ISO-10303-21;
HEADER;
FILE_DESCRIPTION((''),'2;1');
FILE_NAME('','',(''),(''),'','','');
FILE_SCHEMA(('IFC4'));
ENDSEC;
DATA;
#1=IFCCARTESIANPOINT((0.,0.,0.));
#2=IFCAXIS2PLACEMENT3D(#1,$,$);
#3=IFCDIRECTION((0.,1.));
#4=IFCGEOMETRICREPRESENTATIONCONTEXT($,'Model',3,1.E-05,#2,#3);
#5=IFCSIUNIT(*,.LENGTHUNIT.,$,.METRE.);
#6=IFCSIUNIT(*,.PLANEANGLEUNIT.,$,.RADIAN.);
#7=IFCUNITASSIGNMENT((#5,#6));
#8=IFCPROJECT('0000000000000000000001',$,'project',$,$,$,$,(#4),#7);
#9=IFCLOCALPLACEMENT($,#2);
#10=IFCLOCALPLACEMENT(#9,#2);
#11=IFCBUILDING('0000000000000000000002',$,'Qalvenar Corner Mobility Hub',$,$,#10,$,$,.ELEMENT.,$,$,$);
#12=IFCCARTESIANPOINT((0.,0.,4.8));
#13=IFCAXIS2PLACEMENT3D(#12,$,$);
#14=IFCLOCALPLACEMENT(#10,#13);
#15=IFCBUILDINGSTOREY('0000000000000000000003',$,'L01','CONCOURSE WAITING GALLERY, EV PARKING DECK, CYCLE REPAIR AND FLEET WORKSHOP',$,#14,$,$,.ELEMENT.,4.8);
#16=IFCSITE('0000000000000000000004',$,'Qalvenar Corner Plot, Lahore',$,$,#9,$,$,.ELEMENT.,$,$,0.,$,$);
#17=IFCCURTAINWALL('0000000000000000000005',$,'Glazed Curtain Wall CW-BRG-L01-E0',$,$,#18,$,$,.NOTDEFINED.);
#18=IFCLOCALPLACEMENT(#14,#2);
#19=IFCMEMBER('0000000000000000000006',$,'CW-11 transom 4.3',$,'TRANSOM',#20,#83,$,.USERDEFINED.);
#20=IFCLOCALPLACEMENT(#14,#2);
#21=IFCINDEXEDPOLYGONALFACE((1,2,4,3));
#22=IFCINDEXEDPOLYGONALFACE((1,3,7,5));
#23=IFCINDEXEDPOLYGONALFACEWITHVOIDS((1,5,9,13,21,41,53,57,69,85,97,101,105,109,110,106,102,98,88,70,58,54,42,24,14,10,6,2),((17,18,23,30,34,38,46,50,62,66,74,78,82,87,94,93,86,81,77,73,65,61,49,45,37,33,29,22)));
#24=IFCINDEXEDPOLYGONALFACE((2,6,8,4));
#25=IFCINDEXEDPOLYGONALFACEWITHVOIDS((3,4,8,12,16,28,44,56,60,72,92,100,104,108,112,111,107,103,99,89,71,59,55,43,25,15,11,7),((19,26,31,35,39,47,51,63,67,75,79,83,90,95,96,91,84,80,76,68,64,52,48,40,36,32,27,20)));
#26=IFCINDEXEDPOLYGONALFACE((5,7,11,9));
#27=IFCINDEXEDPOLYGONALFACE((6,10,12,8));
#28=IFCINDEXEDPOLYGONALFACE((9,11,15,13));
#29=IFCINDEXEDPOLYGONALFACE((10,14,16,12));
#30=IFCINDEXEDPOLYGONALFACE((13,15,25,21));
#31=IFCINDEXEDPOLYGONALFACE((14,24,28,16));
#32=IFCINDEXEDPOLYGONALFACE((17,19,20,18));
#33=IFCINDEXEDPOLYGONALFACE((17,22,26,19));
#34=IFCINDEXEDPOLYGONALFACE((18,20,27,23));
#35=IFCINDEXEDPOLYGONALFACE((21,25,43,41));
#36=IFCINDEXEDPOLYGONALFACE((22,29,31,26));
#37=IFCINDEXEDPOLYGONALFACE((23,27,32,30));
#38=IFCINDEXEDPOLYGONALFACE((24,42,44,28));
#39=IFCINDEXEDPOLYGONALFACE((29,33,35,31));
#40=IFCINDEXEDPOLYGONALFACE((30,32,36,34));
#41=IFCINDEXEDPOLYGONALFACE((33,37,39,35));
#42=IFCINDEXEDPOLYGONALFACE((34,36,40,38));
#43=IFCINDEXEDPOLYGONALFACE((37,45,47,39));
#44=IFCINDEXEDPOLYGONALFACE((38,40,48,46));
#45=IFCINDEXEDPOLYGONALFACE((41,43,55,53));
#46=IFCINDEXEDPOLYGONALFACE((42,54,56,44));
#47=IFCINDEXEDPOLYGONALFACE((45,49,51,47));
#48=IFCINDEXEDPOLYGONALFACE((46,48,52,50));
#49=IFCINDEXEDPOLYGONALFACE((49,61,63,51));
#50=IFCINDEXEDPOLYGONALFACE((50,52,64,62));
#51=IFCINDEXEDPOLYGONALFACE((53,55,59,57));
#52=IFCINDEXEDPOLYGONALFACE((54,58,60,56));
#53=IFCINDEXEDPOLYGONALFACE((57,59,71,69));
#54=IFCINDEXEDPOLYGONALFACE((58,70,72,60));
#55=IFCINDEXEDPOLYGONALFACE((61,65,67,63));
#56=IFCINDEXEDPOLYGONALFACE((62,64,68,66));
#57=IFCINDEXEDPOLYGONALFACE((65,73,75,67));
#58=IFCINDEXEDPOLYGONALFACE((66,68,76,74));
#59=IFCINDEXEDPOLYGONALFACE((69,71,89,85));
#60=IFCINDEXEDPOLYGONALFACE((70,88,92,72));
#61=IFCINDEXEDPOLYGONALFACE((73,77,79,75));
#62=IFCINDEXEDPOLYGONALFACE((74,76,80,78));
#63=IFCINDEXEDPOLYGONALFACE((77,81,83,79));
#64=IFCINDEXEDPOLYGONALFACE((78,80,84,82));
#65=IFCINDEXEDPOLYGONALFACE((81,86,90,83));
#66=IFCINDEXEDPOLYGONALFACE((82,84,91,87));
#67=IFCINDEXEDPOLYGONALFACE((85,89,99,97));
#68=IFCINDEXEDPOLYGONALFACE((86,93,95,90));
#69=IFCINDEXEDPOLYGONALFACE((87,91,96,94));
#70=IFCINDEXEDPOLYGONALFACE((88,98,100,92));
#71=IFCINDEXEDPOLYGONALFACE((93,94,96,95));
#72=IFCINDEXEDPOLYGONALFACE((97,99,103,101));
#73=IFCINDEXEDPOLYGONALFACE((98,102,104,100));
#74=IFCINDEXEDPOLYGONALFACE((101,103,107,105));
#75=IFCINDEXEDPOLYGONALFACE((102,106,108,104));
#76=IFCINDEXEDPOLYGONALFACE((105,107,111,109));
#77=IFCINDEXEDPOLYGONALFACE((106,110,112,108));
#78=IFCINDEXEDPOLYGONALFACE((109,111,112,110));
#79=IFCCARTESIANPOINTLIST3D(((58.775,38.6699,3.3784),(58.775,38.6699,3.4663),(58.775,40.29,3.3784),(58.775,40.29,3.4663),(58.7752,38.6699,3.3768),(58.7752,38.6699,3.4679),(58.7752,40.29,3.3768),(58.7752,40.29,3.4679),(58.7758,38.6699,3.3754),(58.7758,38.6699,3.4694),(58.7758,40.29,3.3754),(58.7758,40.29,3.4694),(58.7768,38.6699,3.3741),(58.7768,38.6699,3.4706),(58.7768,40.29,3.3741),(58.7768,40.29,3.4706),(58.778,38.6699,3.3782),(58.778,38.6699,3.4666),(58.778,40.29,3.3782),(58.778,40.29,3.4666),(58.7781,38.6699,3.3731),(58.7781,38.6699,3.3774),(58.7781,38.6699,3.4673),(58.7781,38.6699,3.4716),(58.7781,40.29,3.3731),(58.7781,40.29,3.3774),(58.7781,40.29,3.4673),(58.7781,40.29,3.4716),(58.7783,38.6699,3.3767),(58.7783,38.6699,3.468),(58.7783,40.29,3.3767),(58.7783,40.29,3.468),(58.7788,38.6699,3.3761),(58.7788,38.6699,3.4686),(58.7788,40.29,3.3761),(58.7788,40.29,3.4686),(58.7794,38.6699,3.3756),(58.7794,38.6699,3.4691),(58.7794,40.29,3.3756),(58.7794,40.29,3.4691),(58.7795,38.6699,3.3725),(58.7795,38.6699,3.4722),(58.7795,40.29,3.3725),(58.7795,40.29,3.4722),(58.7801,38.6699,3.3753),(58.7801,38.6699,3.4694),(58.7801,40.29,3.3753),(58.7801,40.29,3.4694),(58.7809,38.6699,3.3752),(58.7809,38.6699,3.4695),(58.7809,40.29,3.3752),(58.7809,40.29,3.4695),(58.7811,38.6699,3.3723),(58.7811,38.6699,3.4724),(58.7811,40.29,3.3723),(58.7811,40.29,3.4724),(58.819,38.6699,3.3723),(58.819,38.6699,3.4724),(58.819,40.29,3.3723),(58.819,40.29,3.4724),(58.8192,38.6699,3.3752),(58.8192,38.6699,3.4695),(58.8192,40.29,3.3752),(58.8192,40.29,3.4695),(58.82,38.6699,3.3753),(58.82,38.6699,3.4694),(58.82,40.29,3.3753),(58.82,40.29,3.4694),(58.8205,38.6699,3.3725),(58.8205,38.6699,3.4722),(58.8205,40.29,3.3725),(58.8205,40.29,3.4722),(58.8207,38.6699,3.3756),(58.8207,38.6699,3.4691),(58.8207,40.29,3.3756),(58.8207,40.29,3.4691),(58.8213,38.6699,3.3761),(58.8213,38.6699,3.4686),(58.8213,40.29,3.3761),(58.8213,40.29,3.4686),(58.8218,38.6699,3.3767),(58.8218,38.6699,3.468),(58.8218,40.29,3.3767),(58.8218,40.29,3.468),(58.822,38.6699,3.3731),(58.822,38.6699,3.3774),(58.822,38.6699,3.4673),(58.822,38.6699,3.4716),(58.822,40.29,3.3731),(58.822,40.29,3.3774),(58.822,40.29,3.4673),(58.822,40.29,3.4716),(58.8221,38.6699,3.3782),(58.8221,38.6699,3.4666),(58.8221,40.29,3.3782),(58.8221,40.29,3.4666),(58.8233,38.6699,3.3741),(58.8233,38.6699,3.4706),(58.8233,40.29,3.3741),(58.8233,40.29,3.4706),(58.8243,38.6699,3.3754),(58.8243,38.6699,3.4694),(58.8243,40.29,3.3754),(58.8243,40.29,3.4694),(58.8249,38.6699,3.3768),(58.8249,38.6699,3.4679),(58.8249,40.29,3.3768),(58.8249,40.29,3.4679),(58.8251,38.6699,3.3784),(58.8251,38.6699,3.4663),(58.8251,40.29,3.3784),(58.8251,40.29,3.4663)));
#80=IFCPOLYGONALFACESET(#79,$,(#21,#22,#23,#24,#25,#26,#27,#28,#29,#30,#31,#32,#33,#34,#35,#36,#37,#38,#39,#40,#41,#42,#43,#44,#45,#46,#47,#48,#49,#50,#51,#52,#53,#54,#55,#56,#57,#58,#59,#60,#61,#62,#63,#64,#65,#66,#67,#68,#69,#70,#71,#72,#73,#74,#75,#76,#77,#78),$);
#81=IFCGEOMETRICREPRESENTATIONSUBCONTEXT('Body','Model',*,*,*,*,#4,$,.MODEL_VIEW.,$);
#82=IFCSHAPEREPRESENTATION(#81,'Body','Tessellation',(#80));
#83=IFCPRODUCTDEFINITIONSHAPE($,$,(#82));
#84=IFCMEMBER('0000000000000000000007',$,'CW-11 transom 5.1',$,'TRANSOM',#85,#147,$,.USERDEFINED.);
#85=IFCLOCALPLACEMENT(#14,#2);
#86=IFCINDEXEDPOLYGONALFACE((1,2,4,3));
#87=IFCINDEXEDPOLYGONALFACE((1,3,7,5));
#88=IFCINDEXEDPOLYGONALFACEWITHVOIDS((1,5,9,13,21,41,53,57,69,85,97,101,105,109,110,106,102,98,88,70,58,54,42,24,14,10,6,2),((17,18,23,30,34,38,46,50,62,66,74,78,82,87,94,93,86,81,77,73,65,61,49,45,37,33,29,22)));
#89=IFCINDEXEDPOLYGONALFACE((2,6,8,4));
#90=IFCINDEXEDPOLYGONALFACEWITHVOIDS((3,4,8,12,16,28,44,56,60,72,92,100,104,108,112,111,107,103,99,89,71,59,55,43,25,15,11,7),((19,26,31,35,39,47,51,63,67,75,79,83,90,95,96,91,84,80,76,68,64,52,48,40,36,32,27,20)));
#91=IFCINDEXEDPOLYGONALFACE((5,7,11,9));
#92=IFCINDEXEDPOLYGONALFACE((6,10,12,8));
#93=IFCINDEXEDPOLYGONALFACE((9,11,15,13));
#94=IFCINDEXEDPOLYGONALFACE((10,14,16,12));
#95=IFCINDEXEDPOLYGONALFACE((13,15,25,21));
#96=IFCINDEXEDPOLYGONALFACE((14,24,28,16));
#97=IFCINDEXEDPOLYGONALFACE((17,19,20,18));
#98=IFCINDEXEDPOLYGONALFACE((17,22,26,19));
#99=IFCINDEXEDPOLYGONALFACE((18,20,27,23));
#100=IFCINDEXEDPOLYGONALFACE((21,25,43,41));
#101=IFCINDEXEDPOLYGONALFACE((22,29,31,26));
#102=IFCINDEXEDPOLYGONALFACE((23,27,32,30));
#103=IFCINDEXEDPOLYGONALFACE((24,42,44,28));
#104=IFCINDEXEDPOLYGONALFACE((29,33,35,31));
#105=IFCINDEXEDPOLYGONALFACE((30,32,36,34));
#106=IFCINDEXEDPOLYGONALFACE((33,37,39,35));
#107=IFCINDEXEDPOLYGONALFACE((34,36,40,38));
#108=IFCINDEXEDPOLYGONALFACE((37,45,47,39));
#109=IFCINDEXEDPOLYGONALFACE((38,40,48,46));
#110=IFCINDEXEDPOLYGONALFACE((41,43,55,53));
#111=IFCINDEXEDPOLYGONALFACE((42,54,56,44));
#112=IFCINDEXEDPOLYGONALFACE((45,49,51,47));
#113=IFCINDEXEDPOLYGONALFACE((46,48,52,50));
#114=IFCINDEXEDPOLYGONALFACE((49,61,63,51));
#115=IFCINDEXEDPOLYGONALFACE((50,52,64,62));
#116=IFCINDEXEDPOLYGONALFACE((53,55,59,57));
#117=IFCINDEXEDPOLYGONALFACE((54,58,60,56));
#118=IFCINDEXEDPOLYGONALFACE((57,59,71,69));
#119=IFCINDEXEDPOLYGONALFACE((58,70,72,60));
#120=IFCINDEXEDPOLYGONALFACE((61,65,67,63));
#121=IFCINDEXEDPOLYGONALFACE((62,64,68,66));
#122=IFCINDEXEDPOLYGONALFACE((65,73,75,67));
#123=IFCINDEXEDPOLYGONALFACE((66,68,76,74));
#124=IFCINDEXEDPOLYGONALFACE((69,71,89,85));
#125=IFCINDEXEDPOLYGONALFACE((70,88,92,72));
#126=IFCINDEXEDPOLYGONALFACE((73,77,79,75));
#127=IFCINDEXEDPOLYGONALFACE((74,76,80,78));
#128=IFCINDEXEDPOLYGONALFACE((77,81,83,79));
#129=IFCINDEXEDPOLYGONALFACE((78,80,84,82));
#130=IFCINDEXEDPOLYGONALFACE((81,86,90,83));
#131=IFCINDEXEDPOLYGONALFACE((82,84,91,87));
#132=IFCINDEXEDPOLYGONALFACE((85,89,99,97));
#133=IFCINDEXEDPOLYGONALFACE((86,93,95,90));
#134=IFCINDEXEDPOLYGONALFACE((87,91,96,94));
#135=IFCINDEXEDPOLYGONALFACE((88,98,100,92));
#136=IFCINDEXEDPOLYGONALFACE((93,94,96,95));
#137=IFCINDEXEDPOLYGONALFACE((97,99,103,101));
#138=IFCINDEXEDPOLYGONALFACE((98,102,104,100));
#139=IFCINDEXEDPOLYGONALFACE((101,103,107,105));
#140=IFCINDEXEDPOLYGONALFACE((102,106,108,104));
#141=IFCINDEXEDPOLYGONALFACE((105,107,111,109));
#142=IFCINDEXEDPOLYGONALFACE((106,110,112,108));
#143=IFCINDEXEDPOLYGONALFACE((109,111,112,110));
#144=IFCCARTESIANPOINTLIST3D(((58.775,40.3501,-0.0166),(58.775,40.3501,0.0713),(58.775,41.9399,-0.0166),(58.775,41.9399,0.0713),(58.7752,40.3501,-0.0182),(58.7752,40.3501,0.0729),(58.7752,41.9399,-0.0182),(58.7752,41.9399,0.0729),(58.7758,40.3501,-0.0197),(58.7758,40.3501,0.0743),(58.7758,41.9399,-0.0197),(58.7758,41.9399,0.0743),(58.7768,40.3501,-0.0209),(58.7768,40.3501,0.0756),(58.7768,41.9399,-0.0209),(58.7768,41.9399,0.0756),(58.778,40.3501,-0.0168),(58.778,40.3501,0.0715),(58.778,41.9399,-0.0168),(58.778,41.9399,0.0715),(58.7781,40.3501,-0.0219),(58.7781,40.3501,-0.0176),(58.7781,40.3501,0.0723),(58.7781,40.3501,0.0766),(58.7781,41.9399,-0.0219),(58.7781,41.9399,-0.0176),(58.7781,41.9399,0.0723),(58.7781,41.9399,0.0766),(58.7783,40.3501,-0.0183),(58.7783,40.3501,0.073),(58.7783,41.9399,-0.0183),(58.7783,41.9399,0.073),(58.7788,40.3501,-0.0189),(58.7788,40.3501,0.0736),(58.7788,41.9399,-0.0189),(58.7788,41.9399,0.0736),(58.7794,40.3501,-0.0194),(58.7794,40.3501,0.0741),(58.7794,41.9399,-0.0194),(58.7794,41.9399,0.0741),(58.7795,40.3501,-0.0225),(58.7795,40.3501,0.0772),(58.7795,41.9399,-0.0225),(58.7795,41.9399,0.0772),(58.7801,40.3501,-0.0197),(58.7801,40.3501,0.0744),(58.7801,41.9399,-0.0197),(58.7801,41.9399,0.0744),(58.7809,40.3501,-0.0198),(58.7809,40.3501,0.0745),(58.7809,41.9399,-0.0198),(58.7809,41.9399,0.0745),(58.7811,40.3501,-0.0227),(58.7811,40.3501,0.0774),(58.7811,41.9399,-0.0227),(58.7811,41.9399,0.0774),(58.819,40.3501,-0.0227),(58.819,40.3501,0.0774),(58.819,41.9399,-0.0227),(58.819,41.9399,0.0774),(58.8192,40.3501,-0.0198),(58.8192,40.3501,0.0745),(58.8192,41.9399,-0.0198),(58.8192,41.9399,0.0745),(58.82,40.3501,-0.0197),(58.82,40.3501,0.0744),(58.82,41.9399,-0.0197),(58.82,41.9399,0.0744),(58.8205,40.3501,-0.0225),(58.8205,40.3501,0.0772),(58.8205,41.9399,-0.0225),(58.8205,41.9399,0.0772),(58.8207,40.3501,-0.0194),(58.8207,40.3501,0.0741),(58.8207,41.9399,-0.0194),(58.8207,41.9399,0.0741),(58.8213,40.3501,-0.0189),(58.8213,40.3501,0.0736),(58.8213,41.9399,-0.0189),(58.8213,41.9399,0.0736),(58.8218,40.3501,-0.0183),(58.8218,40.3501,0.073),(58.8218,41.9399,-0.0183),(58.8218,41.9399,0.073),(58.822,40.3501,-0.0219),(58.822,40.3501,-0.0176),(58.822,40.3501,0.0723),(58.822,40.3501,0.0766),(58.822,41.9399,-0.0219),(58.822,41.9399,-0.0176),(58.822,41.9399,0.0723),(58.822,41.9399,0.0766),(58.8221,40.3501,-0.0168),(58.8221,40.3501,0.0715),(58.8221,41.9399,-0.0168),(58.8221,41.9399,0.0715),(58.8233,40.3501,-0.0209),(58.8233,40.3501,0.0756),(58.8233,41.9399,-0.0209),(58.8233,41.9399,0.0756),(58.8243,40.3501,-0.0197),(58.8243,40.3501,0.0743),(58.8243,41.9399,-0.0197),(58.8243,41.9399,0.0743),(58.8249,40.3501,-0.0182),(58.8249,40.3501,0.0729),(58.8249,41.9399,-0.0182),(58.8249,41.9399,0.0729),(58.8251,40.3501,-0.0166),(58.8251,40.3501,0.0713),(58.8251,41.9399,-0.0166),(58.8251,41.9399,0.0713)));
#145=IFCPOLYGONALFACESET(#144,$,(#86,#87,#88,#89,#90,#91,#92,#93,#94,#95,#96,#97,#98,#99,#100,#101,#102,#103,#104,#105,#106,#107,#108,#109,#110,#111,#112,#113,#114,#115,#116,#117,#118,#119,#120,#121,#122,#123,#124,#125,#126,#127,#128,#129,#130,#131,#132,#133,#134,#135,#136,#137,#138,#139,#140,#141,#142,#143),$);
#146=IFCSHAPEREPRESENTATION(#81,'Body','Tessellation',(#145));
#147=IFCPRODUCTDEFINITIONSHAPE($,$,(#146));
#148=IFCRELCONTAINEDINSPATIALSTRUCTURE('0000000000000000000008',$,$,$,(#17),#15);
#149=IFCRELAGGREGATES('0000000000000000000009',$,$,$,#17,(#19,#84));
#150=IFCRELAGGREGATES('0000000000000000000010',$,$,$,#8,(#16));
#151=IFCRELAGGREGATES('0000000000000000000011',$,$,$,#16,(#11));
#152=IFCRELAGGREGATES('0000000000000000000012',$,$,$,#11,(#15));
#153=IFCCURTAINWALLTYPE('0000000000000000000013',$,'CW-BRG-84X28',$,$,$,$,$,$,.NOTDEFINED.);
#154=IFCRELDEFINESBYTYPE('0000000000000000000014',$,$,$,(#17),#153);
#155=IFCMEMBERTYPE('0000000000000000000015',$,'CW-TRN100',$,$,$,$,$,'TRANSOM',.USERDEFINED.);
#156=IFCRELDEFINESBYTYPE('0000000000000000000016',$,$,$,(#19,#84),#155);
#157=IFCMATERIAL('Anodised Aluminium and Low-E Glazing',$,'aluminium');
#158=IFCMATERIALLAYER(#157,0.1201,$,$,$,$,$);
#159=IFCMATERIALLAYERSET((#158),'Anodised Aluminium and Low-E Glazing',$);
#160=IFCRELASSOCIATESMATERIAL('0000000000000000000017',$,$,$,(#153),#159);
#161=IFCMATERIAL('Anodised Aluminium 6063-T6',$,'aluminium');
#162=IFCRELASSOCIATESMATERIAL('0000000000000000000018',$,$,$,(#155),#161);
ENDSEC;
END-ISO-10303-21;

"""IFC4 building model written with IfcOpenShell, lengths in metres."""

from ifc_helpers import new_model, si_unit, direction, frame, origin, origin_2d, place, context, subcontext, project, spatial, hollow_rectangle, extrude, material, layer, layer_set, material_profile, profile_set, type_object, element, aggregate, save


model = new_model("IFC4")

# Units and contexts
model_context = context("Model", 3, precision=1e-05, world=origin(), true_north=direction((0.0, 1.0)))
body_context = subcontext(model_context, "Body", "Model", "MODEL_VIEW")
ifc_project = project(units=[si_unit("LENGTHUNIT", "METRE"), si_unit("PLANEANGLEUNIT", "RADIAN")], contexts=[model_context])

# Site, building, storey
site_placement = place(None, origin())
site = spatial("IfcSite", under=ifc_project, at=site_placement, Name="Qalvenar Corner Plot, Lahore", CompositionType="ELEMENT", RefElevation=0.0)
building_placement = place(site_placement, origin())
building = spatial("IfcBuilding", under=site, at=building_placement, Name="Qalvenar Corner Mobility Hub", CompositionType="ELEMENT")
storey_placement = place(building_placement, frame((0.0, 0.0, 4.8)))
storey = spatial("IfcBuildingStorey", under=building, at=storey_placement, Name="L01", Description="CONCOURSE WAITING GALLERY, EV PARKING DECK, CYCLE REPAIR AND FLEET WORKSHOP", CompositionType="ELEMENT", Elevation=4.8)

# Curtain wall, members
ifc_material_1 = material(Name="Anodised Aluminium and Low-E Glazing", Category="aluminium")
ifc_layer_1 = layer(ifc_material_1, 0.1201)
ifc_layer_set_1 = layer_set([ifc_layer_1], Name="Anodised Aluminium and Low-E Glazing")
curtain_wall_type = type_object("IfcCurtainWallType", Name="CW-BRG-84X28", PredefinedType="NOTDEFINED", material=ifc_layer_set_1)
curtain_wall_placement = place(storey_placement, origin())
curtain_wall = element("IfcCurtainWall", 1, at=curtain_wall_placement, inside=storey, type_object=curtain_wall_type, Name="Glazed Curtain Wall CW-BRG-L01-E0", PredefinedType="NOTDEFINED")
ifc_material_2 = material(Name="Anodised Aluminium 6063-T6", Category="aluminium")
ifc_material_profile_1 = material_profile(ifc_material_2, hollow_rectangle(XDim=0.05, YDim=0.1001, WallThickness=0.0029, InnerFilletRadius=0.0029, OuterFilletRadius=0.0061, at=origin_2d()), Name="RHS100x50x3")
ifc_profile_set_1 = profile_set([ifc_material_profile_1], Name="Anodised Aluminium 6063-T6")
member_type_1 = type_object("IfcMemberType", Name="CW-TRN100", ElementType="TRANSOM", PredefinedType="USERDEFINED", material=ifc_profile_set_1)
member_1_placement = place(storey_placement, frame((58.8, 38.6699, 3.4224), z_axis=(0.0, 1.0, 0.0), x_axis=(-1.0, 0.0, 0.0)))
member_1 = element("IfcMember", 2, at=member_1_placement, type_object=member_type_1, Name="CW-11 transom 4.3", ObjectType="TRANSOM", PredefinedType="USERDEFINED", context=body_context, shape_type="SweptSolid", body=[
    extrude(hollow_rectangle(XDim=0.05, YDim=0.1001, WallThickness=0.0029, InnerFilletRadius=0.0029, OuterFilletRadius=0.0061, at=origin_2d()), origin(), (0.0, 0.0, 1.0), 1.6201),
])
member_2_placement = place(storey_placement, frame((58.8, 40.3501, 0.0273), z_axis=(0.0, 1.0, 0.0), x_axis=(-1.0, 0.0, 0.0)))
member_2 = element("IfcMember", 3, at=member_2_placement, type_object=member_type_1, Name="CW-11 transom 5.1", ObjectType="TRANSOM", PredefinedType="USERDEFINED", context=body_context, shape_type="SweptSolid", body=[
    extrude(hollow_rectangle(XDim=0.05, YDim=0.1001, WallThickness=0.0029, InnerFilletRadius=0.0029, OuterFilletRadius=0.0061, at=origin_2d()), origin(), (0.0, 0.0, 1.0), 1.5898),
])
aggregate(curtain_wall, [member_1, member_2])

save(model, "model.ifc")
